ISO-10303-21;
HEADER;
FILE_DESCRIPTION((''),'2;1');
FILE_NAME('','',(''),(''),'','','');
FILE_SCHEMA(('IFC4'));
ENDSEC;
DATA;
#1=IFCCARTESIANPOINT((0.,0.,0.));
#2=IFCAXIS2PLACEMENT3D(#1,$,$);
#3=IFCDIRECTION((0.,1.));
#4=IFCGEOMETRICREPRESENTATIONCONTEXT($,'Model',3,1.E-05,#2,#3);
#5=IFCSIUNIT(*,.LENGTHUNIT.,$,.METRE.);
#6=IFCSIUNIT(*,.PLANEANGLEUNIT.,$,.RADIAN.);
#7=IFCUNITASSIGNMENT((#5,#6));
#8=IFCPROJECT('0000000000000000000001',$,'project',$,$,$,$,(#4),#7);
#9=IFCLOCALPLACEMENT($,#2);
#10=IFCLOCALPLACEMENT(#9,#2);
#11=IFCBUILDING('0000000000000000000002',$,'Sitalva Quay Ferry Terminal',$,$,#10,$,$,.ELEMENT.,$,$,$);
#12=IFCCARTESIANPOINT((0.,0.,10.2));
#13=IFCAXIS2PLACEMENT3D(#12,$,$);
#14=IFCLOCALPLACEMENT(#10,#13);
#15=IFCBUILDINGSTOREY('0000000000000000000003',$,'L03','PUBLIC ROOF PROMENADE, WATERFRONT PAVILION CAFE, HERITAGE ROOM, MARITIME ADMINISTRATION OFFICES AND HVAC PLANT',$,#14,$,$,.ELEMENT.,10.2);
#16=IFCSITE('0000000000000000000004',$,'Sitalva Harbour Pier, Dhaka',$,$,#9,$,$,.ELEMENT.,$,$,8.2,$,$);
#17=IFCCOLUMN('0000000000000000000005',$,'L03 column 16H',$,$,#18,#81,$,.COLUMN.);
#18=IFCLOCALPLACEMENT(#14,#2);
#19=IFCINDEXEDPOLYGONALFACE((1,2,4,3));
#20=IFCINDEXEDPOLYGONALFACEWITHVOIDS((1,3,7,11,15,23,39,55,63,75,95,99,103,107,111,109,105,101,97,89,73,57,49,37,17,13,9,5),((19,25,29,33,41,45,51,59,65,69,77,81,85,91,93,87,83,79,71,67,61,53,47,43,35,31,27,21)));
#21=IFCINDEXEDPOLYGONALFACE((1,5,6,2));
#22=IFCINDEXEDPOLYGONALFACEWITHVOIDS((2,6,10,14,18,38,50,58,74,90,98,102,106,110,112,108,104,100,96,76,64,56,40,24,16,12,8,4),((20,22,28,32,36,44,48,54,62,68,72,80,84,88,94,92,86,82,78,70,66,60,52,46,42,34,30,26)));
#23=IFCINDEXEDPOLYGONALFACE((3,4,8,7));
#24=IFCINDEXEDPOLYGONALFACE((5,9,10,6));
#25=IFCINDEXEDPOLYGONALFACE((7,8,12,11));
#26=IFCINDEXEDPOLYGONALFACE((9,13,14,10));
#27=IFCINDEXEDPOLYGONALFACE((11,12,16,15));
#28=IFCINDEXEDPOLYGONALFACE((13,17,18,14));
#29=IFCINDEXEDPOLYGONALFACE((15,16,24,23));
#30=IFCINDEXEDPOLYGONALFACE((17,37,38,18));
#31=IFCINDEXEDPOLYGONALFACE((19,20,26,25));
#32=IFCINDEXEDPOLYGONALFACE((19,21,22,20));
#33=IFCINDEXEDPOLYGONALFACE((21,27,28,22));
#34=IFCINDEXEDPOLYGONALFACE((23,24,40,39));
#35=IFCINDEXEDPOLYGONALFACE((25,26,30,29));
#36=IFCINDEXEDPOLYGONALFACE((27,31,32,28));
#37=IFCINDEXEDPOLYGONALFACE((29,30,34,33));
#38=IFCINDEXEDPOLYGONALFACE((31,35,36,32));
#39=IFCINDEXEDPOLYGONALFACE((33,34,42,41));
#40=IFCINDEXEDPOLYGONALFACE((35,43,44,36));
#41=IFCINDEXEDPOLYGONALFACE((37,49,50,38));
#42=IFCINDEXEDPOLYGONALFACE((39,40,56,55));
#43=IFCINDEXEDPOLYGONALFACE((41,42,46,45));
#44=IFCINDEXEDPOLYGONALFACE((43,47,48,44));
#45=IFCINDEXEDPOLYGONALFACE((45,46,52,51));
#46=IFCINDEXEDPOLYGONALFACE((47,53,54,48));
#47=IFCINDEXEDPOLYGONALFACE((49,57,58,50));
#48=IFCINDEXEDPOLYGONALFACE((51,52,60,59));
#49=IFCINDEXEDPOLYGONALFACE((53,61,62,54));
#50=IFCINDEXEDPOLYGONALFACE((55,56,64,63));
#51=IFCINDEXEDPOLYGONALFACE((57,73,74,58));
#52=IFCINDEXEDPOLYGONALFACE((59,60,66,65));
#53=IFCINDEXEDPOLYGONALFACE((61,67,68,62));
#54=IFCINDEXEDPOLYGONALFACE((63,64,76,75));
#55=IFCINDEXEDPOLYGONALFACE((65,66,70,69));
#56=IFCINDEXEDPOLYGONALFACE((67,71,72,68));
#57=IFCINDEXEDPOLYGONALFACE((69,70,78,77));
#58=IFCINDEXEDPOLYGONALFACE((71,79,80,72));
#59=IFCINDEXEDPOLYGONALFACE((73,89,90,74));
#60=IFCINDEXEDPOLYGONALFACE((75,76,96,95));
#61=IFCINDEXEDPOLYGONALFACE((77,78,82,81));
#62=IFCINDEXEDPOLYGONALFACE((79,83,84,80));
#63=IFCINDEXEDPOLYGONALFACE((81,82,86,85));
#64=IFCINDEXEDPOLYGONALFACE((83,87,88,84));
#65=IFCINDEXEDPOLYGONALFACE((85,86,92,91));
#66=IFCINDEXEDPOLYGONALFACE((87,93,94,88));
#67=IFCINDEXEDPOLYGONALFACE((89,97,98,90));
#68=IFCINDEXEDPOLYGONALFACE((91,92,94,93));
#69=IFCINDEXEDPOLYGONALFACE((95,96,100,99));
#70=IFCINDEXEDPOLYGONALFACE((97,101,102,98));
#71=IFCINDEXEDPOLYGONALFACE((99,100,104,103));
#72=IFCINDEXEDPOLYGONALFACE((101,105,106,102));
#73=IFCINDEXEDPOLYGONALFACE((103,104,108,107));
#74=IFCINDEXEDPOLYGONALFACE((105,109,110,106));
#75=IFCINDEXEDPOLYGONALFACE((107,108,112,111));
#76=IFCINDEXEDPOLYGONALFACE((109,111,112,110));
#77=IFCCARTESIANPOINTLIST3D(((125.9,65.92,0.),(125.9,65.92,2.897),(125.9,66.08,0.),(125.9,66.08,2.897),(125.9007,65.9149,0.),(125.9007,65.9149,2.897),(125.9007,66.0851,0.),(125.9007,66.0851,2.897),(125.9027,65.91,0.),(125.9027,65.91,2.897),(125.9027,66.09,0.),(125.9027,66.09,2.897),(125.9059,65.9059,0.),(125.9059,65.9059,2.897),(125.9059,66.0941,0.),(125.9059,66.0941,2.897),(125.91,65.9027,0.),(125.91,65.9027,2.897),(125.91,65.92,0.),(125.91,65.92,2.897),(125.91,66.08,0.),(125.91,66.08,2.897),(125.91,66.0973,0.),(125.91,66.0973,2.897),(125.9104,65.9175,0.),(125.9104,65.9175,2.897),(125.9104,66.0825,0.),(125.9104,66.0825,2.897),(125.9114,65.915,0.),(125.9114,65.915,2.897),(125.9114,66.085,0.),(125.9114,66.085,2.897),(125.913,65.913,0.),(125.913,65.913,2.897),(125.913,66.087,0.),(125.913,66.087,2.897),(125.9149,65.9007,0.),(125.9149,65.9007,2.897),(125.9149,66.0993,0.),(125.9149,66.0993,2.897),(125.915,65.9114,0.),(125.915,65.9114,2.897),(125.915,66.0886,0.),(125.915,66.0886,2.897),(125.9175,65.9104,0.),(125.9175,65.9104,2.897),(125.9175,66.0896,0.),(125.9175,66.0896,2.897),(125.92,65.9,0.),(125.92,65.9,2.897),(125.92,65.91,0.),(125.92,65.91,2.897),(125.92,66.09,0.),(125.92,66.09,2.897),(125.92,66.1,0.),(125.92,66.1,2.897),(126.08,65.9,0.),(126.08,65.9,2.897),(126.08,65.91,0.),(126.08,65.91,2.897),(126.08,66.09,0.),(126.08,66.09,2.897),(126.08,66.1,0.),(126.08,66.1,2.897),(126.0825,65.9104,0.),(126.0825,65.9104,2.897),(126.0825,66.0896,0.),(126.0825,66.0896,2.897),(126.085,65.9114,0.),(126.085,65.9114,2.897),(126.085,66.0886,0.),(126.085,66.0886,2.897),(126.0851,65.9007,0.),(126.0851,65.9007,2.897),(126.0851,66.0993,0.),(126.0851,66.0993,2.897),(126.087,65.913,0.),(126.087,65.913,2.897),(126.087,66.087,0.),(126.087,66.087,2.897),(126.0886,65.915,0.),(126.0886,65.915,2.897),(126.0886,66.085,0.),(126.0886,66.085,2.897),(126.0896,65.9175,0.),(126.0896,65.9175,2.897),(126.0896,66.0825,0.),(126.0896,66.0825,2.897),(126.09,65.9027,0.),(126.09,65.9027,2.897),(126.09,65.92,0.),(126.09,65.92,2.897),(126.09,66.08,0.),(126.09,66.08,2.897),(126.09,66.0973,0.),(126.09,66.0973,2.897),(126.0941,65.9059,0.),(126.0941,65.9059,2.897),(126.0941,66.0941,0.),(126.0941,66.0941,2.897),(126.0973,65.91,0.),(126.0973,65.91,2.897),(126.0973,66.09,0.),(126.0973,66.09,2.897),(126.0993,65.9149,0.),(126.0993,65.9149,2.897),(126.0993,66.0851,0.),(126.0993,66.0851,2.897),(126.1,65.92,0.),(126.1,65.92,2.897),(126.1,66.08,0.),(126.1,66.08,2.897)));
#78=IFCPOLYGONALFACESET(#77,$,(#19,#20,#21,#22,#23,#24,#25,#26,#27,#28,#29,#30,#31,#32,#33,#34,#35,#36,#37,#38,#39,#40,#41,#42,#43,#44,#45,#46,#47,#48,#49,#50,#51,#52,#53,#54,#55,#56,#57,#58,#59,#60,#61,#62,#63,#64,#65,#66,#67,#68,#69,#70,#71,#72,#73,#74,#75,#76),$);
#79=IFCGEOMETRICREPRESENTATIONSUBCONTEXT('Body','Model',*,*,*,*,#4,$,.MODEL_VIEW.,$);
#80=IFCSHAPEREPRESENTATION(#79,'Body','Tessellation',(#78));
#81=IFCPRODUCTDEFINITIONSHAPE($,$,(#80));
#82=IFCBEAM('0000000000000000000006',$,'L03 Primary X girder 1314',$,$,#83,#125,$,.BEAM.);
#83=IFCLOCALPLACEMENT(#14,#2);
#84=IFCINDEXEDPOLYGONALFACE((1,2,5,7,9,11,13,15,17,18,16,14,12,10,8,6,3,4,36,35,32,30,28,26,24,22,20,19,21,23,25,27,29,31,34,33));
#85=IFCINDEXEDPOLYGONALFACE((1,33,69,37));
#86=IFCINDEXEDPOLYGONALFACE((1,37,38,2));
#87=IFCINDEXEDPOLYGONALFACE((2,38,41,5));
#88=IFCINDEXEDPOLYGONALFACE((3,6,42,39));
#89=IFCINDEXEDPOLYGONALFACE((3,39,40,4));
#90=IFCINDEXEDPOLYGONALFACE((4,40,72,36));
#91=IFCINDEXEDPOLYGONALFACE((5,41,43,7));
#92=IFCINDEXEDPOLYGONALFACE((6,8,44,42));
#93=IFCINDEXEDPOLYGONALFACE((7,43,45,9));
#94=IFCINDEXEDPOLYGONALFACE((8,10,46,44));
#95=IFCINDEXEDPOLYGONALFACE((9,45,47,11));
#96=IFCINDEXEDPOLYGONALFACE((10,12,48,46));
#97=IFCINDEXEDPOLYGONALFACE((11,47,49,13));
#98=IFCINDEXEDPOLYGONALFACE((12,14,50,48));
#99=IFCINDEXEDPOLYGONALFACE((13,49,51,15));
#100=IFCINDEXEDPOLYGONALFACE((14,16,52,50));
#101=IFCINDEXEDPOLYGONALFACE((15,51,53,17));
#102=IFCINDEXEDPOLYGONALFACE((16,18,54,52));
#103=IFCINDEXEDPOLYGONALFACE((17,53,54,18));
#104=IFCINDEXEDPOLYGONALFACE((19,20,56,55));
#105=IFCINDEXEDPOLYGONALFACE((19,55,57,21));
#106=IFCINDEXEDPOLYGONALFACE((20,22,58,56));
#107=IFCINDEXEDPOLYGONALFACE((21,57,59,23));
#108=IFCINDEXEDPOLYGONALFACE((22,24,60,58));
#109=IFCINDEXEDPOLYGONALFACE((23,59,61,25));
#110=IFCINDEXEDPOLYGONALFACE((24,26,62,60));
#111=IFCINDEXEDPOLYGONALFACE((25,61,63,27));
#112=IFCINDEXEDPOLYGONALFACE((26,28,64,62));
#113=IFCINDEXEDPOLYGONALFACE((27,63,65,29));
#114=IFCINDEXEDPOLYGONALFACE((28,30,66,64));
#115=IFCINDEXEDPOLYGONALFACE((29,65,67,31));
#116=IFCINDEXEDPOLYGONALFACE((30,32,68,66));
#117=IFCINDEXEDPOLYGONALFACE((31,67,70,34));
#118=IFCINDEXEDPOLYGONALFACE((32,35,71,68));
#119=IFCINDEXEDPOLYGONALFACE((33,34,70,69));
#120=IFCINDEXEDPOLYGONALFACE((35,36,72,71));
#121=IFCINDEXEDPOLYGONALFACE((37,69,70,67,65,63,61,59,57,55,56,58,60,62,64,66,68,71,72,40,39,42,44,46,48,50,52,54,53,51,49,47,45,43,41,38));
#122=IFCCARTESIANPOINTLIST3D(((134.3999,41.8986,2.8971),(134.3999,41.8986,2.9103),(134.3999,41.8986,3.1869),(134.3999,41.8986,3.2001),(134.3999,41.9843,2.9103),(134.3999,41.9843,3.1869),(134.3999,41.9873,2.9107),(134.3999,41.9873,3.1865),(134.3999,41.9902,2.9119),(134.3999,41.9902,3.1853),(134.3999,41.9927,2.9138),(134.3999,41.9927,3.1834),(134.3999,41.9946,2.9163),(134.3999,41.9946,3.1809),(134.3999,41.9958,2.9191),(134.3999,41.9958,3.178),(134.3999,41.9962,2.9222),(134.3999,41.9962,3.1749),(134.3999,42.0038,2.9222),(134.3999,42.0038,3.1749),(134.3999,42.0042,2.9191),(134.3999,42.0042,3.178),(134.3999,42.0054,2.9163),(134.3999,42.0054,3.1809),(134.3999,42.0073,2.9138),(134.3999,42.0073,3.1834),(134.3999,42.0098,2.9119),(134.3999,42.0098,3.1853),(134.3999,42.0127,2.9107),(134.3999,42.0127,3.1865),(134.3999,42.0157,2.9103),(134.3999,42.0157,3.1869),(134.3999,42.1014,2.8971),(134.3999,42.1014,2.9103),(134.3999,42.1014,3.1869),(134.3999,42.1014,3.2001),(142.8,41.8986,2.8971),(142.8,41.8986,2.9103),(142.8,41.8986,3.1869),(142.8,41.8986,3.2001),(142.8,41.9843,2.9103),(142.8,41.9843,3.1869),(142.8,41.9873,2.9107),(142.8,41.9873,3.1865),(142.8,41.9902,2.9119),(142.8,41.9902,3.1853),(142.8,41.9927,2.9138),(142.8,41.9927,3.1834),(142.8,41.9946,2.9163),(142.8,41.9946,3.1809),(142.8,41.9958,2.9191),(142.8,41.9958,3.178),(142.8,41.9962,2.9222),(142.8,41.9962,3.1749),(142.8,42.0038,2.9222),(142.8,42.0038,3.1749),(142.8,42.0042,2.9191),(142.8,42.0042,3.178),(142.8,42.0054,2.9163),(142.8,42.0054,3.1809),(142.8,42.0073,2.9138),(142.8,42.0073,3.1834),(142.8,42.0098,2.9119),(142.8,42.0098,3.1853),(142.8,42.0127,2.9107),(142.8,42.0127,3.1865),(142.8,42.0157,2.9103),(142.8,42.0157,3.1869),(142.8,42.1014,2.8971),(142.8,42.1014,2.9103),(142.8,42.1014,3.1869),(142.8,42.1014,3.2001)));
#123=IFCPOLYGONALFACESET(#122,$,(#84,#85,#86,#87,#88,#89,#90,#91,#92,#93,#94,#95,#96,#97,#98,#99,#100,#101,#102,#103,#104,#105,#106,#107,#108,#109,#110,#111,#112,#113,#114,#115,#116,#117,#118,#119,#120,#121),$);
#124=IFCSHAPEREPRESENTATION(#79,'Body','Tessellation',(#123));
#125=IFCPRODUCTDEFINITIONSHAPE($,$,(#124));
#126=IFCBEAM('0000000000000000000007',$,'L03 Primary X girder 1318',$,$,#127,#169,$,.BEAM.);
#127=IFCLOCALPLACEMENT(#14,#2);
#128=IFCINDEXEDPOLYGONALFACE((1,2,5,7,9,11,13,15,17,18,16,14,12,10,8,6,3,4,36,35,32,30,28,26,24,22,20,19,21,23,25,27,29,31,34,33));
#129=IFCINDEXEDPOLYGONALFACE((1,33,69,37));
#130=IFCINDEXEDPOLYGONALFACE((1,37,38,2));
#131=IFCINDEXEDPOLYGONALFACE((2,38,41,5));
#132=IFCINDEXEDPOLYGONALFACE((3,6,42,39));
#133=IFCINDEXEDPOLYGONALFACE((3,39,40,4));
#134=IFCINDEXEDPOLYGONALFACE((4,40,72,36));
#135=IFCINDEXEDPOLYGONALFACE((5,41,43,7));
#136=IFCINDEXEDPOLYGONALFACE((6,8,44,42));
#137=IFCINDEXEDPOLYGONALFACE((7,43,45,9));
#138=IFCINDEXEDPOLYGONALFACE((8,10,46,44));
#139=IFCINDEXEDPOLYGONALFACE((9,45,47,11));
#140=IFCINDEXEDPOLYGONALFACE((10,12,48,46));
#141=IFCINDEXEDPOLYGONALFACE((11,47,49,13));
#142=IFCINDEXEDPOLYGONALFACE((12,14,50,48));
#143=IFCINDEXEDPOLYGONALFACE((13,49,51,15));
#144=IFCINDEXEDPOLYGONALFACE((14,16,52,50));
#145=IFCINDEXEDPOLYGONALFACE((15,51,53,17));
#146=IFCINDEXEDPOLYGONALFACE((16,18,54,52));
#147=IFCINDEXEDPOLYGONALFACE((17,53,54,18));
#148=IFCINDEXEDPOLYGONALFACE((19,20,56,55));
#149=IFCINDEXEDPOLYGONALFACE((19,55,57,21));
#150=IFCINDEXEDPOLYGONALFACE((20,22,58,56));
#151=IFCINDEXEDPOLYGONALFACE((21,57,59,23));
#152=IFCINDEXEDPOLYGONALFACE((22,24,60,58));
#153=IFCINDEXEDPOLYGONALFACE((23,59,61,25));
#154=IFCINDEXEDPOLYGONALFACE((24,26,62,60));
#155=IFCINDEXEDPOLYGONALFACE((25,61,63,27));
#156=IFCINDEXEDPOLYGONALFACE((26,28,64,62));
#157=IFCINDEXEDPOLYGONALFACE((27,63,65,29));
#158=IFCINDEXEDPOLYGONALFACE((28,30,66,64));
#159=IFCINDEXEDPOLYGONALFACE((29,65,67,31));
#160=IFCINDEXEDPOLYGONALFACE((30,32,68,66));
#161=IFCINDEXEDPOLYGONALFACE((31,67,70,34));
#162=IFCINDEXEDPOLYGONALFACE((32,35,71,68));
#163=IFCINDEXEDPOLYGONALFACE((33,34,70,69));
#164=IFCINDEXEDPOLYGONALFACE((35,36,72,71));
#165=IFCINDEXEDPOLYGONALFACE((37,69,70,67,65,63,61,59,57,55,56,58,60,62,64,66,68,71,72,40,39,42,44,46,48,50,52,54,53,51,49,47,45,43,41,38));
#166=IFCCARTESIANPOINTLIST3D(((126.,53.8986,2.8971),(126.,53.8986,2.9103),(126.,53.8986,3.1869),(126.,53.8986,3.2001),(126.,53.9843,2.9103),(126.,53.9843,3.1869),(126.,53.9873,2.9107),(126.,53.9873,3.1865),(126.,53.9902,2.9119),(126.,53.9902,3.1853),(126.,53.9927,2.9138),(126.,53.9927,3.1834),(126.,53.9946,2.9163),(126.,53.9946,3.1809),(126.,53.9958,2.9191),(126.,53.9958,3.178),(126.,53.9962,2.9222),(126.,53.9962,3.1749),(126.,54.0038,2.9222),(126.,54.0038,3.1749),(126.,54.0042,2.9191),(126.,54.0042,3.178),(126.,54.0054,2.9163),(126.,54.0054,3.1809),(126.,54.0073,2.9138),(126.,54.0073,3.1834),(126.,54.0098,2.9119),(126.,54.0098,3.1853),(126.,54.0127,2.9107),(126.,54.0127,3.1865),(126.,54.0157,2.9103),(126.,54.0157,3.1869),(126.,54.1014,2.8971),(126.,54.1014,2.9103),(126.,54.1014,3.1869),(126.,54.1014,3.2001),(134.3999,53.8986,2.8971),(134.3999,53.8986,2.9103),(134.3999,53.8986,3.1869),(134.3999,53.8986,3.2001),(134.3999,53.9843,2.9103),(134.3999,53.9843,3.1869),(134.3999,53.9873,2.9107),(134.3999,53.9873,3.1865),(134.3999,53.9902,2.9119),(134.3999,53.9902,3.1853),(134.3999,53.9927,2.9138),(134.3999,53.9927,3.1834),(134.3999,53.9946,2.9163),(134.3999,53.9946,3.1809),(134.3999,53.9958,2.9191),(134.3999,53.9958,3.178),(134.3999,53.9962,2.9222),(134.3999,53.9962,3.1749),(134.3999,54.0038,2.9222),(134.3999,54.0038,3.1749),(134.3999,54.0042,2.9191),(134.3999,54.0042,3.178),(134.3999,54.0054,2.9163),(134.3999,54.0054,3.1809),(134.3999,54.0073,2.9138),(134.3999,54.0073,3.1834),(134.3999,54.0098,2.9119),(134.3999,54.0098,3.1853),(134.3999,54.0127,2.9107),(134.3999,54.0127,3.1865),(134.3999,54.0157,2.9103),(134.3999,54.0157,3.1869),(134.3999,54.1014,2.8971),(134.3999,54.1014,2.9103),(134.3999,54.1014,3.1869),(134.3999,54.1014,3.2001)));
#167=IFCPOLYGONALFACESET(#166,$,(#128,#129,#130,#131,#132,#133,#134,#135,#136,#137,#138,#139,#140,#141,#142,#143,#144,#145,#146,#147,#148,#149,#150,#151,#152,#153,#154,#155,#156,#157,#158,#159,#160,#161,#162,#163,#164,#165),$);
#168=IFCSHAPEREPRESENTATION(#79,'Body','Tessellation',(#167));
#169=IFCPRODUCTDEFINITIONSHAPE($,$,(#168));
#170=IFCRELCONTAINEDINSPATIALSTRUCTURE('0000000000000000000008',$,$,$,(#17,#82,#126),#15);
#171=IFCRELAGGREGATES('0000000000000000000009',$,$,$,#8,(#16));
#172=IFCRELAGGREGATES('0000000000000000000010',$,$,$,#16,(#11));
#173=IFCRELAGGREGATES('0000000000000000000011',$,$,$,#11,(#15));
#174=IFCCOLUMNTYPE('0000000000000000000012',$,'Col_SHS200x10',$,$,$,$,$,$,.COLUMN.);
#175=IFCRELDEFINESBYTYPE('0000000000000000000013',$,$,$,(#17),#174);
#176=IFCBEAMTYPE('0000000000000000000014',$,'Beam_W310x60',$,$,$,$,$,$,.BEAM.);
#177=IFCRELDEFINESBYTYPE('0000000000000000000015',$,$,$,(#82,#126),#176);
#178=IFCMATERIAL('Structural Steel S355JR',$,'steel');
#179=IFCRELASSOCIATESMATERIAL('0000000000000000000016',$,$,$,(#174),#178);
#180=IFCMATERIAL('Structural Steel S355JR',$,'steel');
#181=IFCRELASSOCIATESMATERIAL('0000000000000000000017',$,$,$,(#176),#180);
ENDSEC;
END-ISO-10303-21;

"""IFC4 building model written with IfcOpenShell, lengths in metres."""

from ifc_helpers import new_model, si_unit, direction, frame, origin, origin_2d, place, context, subcontext, project, spatial, hollow_rectangle, i_section, extrude, material, material_profile, profile_set, type_object, element, save


model = new_model("IFC4")

# Units and contexts
model_context = context("Model", 3, precision=1e-05, world=origin(), true_north=direction((0.0, 1.0)))
body_context = subcontext(model_context, "Body", "Model", "MODEL_VIEW")
ifc_project = project(units=[si_unit("LENGTHUNIT", "METRE"), si_unit("PLANEANGLEUNIT", "RADIAN")], contexts=[model_context])

# Site, building, storey
site_placement = place(None, origin())
site = spatial("IfcSite", under=ifc_project, at=site_placement, Name="Sitalva Harbour Pier, Dhaka", CompositionType="ELEMENT", RefElevation=8.2)
building_placement = place(site_placement, origin())
building = spatial("IfcBuilding", under=site, at=building_placement, Name="Sitalva Quay Ferry Terminal", CompositionType="ELEMENT")
storey_placement = place(building_placement, frame((0.0, 0.0, 10.2)))
storey = spatial("IfcBuildingStorey", under=building, at=storey_placement, Name="L03", Description="PUBLIC ROOF PROMENADE, WATERFRONT PAVILION CAFE, HERITAGE ROOM, MARITIME ADMINISTRATION OFFICES AND HVAC PLANT", CompositionType="ELEMENT", Elevation=10.2)

# Column
ifc_material_1 = material(Name="Structural Steel S355JR", Category="steel")
ifc_material_profile_1 = material_profile(ifc_material_1, hollow_rectangle(XDim=0.2, YDim=0.2, WallThickness=0.01, InnerFilletRadius=0.01, OuterFilletRadius=0.02, at=origin_2d()), Name="SHS200x200x10")
ifc_profile_set_1 = profile_set([ifc_material_profile_1], Name="Structural Steel S355JR")
column_type = type_object("IfcColumnType", Name="Col_SHS200x10", PredefinedType="COLUMN", material=ifc_profile_set_1)
for number, where, z_axis, x_axis, name in (
    (1, (126.0, 66.0, 0.0), (0.0, 0.0, 1.0), (1.0, 0.0, 0.0), "L03 column 16H"),
):
    element("IfcColumn", number, at=place(storey_placement, frame(where, z_axis=z_axis, x_axis=x_axis)), inside=storey, type_object=column_type, Name=name, PredefinedType="COLUMN", context=body_context, shape_type="SweptSolid", body=[
        extrude(hollow_rectangle(XDim=0.2, YDim=0.2, WallThickness=0.01, InnerFilletRadius=0.01, OuterFilletRadius=0.02, at=origin_2d()), origin(), (0.0, 0.0, 1.0), 2.897),
    ])

# Beams
ifc_material_2 = material(Name="Structural Steel S355JR", Category="steel")
ifc_material_profile_2 = material_profile(ifc_material_2, i_section(OverallWidth=0.2029, OverallDepth=0.303, WebThickness=0.0076, FlangeThickness=0.0132, FilletRadius=0.012, at=origin_2d()), Name="W310x60")
ifc_profile_set_2 = profile_set([ifc_material_profile_2], Name="Structural Steel S355JR")
beam_type = type_object("IfcBeamType", Name="Beam_W310x60", PredefinedType="BEAM", material=ifc_profile_set_2)
beam_1_placement = place(storey_placement, frame((134.3999, 42.0, 3.0486), z_axis=(1.0, 0.0, 0.0), x_axis=(0.0, 1.0, 0.0)))
element("IfcBeam", 2, at=beam_1_placement, inside=storey, type_object=beam_type, Name="L03 Primary X girder 1314", PredefinedType="BEAM", context=body_context, shape_type="SweptSolid", body=[
    extrude(i_section(OverallWidth=0.2029, OverallDepth=0.303, WebThickness=0.0076, FlangeThickness=0.0132, FilletRadius=0.012, at=origin_2d()), origin(), (0.0, 0.0, 1.0), 8.4001),
])
for number, where, z_axis, x_axis, name in (
    (3, (126.0, 54.0, 3.0486), (1.0, 0.0, 0.0), (0.0, 1.0, 0.0), "L03 Primary X girder 1318"),
):
    element("IfcBeam", number, at=place(storey_placement, frame(where, z_axis=z_axis, x_axis=x_axis)), inside=storey, type_object=beam_type, Name=name, PredefinedType="BEAM", context=body_context, shape_type="SweptSolid", body=[
        extrude(i_section(OverallWidth=0.2029, OverallDepth=0.303, WebThickness=0.0076, FlangeThickness=0.0132, FilletRadius=0.012, at=origin_2d()), origin(), (0.0, 0.0, 1.0), 8.3999),
    ])

save(model, "model.ifc")
